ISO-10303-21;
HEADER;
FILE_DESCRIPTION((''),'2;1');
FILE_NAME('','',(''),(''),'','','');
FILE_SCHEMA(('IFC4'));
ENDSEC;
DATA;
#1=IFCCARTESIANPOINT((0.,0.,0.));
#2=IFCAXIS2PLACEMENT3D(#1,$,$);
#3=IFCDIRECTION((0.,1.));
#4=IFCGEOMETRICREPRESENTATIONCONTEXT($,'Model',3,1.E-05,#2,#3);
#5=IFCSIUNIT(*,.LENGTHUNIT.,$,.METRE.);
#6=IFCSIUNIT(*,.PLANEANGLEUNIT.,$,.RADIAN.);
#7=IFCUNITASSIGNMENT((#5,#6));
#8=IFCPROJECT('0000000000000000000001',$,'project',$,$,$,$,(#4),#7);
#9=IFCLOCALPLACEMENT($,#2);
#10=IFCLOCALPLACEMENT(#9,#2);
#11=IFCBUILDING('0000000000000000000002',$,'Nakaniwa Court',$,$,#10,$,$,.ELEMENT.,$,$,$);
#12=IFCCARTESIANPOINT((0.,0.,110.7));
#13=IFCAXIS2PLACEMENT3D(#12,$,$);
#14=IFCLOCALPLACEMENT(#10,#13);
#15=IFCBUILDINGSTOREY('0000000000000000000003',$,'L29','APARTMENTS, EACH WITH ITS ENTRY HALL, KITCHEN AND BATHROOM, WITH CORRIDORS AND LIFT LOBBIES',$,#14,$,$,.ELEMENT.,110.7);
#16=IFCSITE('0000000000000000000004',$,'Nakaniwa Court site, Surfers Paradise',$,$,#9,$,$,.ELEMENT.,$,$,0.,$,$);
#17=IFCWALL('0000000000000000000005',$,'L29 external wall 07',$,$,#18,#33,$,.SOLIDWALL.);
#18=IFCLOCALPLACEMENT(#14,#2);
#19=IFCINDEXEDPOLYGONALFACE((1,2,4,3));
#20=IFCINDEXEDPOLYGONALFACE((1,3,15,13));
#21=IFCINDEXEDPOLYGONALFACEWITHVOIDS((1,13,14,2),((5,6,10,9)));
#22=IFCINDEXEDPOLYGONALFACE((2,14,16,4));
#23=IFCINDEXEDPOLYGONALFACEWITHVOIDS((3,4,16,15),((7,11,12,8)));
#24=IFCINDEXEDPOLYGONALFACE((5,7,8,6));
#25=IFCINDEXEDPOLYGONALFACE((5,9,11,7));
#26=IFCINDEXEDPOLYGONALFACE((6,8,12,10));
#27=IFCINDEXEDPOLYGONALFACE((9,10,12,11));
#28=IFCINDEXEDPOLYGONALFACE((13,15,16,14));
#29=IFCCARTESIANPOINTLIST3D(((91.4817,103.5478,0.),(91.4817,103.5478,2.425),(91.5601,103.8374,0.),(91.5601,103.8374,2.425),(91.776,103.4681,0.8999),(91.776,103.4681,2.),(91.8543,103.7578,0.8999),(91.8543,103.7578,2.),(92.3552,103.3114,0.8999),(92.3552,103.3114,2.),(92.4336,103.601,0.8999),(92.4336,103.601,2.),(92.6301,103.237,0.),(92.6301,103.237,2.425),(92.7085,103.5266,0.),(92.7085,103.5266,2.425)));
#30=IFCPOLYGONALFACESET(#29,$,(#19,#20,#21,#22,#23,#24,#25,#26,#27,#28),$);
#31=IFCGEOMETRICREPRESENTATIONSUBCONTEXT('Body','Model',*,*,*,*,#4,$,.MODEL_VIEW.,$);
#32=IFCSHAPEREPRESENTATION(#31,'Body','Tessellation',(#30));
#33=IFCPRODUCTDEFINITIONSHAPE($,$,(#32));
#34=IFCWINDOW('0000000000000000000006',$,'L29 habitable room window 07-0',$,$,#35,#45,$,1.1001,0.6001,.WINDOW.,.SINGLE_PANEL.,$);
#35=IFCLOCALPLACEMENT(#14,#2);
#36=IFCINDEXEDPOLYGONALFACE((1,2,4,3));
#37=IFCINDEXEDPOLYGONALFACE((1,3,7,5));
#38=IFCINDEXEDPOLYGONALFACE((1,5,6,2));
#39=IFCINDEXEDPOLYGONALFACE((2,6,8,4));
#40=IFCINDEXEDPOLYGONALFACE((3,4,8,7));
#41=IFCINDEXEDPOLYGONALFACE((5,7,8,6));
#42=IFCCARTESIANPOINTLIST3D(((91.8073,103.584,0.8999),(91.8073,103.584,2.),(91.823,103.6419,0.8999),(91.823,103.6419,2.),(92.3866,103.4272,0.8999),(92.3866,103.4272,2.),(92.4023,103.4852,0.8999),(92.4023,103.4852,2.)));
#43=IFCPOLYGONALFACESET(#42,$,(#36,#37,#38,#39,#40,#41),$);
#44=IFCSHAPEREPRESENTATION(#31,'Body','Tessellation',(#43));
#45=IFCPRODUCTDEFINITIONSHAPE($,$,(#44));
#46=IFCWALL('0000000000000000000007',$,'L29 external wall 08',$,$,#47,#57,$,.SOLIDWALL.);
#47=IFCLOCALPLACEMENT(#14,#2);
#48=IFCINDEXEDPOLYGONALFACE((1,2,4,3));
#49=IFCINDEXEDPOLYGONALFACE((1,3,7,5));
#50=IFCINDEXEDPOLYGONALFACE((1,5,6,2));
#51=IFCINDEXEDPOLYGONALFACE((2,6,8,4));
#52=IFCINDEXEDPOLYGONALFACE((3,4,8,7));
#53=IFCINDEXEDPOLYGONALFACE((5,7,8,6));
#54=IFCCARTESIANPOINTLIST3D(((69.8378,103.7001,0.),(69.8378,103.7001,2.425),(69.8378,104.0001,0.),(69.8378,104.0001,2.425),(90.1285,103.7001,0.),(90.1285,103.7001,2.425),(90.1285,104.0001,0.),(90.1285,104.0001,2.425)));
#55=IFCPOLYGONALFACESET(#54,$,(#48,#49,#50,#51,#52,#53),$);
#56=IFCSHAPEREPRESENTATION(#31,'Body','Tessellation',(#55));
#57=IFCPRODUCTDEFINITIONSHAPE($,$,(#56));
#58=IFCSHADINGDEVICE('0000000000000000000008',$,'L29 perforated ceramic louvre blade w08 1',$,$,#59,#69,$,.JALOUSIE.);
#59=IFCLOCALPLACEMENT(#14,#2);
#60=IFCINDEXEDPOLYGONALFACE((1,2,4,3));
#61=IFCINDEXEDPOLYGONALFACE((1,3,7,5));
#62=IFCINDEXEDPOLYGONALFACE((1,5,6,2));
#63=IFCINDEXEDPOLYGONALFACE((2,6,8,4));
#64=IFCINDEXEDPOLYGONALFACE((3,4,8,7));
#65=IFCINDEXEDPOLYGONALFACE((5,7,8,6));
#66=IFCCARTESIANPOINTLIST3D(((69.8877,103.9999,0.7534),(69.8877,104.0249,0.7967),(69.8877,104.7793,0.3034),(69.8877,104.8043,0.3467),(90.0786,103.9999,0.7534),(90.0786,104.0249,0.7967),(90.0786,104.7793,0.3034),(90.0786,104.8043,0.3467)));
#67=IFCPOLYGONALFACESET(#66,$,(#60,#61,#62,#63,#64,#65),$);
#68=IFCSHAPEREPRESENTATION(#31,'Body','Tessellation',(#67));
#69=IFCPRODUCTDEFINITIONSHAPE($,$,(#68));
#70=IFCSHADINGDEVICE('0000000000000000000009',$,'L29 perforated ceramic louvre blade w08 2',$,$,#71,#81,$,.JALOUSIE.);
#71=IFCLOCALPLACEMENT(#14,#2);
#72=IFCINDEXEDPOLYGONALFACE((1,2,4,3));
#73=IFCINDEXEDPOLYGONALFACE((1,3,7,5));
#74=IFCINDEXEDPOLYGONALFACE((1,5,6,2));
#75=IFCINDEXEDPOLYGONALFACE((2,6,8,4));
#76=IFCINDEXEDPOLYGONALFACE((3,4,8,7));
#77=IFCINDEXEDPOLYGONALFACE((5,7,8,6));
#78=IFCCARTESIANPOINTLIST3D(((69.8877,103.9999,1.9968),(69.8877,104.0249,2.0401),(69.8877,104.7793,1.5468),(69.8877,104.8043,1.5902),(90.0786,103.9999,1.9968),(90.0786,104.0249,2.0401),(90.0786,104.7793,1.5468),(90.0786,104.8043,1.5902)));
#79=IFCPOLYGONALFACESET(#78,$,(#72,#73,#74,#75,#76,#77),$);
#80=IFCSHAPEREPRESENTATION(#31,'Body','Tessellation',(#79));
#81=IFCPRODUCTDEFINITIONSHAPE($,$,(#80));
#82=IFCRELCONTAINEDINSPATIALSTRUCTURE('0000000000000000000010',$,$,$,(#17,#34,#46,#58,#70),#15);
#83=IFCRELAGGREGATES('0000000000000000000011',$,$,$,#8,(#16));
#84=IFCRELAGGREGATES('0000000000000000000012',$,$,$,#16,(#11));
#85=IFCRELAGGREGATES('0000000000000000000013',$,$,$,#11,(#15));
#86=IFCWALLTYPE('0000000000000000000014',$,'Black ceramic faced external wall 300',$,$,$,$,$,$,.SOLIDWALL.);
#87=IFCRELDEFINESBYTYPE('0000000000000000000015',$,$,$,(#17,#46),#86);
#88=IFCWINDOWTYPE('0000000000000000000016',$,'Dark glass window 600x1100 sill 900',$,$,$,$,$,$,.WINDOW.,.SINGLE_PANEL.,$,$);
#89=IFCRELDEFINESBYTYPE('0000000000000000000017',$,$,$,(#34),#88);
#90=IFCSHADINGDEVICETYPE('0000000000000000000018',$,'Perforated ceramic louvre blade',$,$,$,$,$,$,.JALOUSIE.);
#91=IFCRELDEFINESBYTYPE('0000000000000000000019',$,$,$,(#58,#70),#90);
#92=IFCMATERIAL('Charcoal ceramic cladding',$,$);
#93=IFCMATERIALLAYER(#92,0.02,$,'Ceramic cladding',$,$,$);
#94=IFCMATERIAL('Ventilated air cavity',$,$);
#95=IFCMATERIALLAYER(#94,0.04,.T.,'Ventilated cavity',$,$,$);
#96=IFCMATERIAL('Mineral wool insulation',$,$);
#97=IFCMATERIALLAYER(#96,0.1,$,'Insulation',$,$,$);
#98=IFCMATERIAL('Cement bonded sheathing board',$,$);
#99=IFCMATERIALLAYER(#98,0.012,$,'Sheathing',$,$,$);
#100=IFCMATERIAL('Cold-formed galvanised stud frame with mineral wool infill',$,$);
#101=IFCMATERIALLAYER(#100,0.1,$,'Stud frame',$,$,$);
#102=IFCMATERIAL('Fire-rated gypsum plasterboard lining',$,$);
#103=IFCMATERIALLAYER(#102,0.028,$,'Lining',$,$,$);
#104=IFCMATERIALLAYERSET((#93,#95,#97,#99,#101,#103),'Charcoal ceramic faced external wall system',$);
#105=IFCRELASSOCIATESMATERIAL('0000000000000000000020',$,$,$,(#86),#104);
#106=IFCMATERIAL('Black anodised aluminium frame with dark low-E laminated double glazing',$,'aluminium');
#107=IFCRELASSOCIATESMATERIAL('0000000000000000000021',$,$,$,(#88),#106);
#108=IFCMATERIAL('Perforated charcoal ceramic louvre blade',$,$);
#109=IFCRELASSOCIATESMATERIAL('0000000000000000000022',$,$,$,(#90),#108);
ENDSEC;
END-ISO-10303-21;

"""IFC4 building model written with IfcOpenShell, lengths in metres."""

from ifc_helpers import new_model, si_unit, direction, frame, frame_2d, origin, origin_2d, place, context, subcontext, project, spatial, rectangle, extrude, material, layer, layer_set, material_profile, profile_set, type_object, element, fill, save


model = new_model("IFC4")

# Units and contexts
model_context = context("Model", 3, precision=1e-05, world=origin(), true_north=direction((0.0, 1.0)))
body_context = subcontext(model_context, "Body", "Model", "MODEL_VIEW")
ifc_project = project(units=[si_unit("LENGTHUNIT", "METRE"), si_unit("PLANEANGLEUNIT", "RADIAN")], contexts=[model_context])

# Site, building, storey
site_placement = place(None, origin())
site = spatial("IfcSite", under=ifc_project, at=site_placement, Name="Nakaniwa Court site, Surfers Paradise", CompositionType="ELEMENT", RefElevation=0.0)
building_placement = place(site_placement, origin())
building = spatial("IfcBuilding", under=site, at=building_placement, Name="Nakaniwa Court", CompositionType="ELEMENT")
storey_placement = place(building_placement, frame((0.0, 0.0, 110.7)))
storey = spatial("IfcBuildingStorey", under=building, at=storey_placement, Name="L29", Description="APARTMENTS, EACH WITH ITS ENTRY HALL, KITCHEN AND BATHROOM, WITH CORRIDORS AND LIFT LOBBIES", CompositionType="ELEMENT", Elevation=110.7)

# Wall, opening, window
ifc_material_1 = material(Name="Charcoal ceramic cladding")
ifc_layer_1 = layer(ifc_material_1, 0.02, Name="Ceramic cladding")
ifc_material_2 = material(Name="Ventilated air cavity")
ifc_layer_2 = layer(ifc_material_2, 0.04, ventilated=True, Name="Ventilated cavity")
ifc_material_3 = material(Name="Mineral wool insulation")
ifc_layer_3 = layer(ifc_material_3, 0.1, Name="Insulation")
ifc_material_4 = material(Name="Cement bonded sheathing board")
ifc_layer_4 = layer(ifc_material_4, 0.012, Name="Sheathing")
ifc_material_5 = material(Name="Cold-formed galvanised stud frame with mineral wool infill")
ifc_layer_5 = layer(ifc_material_5, 0.1, Name="Stud frame")
ifc_material_6 = material(Name="Fire-rated gypsum plasterboard lining")
ifc_layer_6 = layer(ifc_material_6, 0.028, Name="Lining")
ifc_layer_set_1 = layer_set([ifc_layer_1, ifc_layer_2, ifc_layer_3, ifc_layer_4, ifc_layer_5, ifc_layer_6], Name="Charcoal ceramic faced external wall system")
wall_type_1 = type_object("IfcWallType", Name="Black ceramic faced external wall 300", PredefinedType="SOLIDWALL", material=ifc_layer_set_1)
ifc_material_7 = material(Name="Black anodised aluminium frame with dark low-E laminated double glazing", Category="aluminium")
window_type_1 = type_object("IfcWindowType", Name="Dark glass window 600x1100 sill 900", PartitioningType="SINGLE_PANEL", PredefinedType="WINDOW", material=ifc_material_7)
wall_1_placement = place(storey_placement, frame((92.6692, 103.3818, 0.0), z_axis=(0.0, 0.0, 1.0), x_axis=(-0.965278, 0.261224, 0.0)))
wall_1 = element("IfcWall", 1, at=wall_1_placement, inside=storey, type_object=wall_type_1, Name="L29 external wall 07", PredefinedType="SOLIDWALL", context=body_context, shape_type="SweptSolid", body=[
    extrude(rectangle(XDim=1.1897, YDim=0.3, at=frame_2d((0.5947, 0.0))), origin(), (0.0, 0.0, 1.0), 2.425),
])
opening_1_placement = place(wall_1_placement, frame((0.2847, 0.0, 0.8999)))
opening_1 = element("IfcOpeningElement", 2, at=opening_1_placement, cuts=wall_1, PredefinedType="OPENING", context=body_context, shape_type="SweptSolid", body=[
    extrude(rectangle(XDim=0.6001, YDim=1.1001, at=frame_2d((0.3, 0.55))), frame((0.0, 0.1599, 0.0), z_axis=(0.0, -1.0, 0.0), x_axis=(1.0, 0.0, 0.0)), (0.0, 0.0, 1.0), 0.3201),
])
window_1_placement = place(opening_1_placement, origin())
window_1 = element("IfcWindow", 3, at=window_1_placement, inside=storey, type_object=window_type_1, Name="L29 habitable room window 07-0", OverallHeight=1.1001, OverallWidth=0.6001, PartitioningType="SINGLE_PANEL", PredefinedType="WINDOW", context=body_context, shape_type="SweptSolid", body=[
    extrude(rectangle(XDim=0.6001, YDim=1.1001, at=frame_2d((0.3, 0.55))), frame((0.0, 0.03, 0.0), z_axis=(0.0, -1.0, 0.0), x_axis=(1.0, 0.0, 0.0)), (0.0, 0.0, 1.0), 0.0601),
])
fill(opening_1, window_1)

# Wall
wall_2_placement = place(storey_placement, frame((90.1287, 103.8501, 0.0), z_axis=(0.0, 0.0, 1.0), x_axis=(-1.0, 0.0, 0.0)))
element("IfcWall", 4, at=wall_2_placement, inside=storey, type_object=wall_type_1, Name="L29 external wall 08", PredefinedType="SOLIDWALL", context=body_context, shape_type="SweptSolid", body=[
    extrude(rectangle(XDim=20.2908, YDim=0.3, at=frame_2d((10.1455, 0.0))), origin(), (0.0, 0.0, 1.0), 2.425),
])

# Shading devices
ifc_material_8 = material(Name="Perforated charcoal ceramic louvre blade")
ifc_material_profile_1 = material_profile(ifc_material_8, rectangle(XDim=0.8999, YDim=0.05, at=origin_2d()), Name="Perforated ceramic louvre blade")
ifc_profile_set_1 = profile_set([ifc_material_profile_1], Name="Perforated charcoal ceramic louvre blade")
shading_device_type = type_object("IfcShadingDeviceType", Name="Perforated ceramic louvre blade", PredefinedType="JALOUSIE", material=ifc_profile_set_1)
for number, where, z_axis, x_axis, name in (
    (5, (90.0786, 104.4021, 0.55), (-1.0, 0.0, 0.0), (0.0, -0.866025, 0.5), "L29 perforated ceramic louvre blade w08 1"),
    (6, (90.0786, 104.4021, 1.7935), (-1.0, 0.0, 0.0), (0.0, -0.866025, 0.5), "L29 perforated ceramic louvre blade w08 2"),
):
    element("IfcShadingDevice", number, at=place(storey_placement, frame(where, z_axis=z_axis, x_axis=x_axis)), inside=storey, type_object=shading_device_type, Name=name, PredefinedType="JALOUSIE", context=body_context, shape_type="SweptSolid", body=[
        extrude(rectangle(XDim=0.8999, YDim=0.05, at=origin_2d()), origin(), (0.0, 0.0, 1.0), 20.1909),
    ])

save(model, "model.ifc")
